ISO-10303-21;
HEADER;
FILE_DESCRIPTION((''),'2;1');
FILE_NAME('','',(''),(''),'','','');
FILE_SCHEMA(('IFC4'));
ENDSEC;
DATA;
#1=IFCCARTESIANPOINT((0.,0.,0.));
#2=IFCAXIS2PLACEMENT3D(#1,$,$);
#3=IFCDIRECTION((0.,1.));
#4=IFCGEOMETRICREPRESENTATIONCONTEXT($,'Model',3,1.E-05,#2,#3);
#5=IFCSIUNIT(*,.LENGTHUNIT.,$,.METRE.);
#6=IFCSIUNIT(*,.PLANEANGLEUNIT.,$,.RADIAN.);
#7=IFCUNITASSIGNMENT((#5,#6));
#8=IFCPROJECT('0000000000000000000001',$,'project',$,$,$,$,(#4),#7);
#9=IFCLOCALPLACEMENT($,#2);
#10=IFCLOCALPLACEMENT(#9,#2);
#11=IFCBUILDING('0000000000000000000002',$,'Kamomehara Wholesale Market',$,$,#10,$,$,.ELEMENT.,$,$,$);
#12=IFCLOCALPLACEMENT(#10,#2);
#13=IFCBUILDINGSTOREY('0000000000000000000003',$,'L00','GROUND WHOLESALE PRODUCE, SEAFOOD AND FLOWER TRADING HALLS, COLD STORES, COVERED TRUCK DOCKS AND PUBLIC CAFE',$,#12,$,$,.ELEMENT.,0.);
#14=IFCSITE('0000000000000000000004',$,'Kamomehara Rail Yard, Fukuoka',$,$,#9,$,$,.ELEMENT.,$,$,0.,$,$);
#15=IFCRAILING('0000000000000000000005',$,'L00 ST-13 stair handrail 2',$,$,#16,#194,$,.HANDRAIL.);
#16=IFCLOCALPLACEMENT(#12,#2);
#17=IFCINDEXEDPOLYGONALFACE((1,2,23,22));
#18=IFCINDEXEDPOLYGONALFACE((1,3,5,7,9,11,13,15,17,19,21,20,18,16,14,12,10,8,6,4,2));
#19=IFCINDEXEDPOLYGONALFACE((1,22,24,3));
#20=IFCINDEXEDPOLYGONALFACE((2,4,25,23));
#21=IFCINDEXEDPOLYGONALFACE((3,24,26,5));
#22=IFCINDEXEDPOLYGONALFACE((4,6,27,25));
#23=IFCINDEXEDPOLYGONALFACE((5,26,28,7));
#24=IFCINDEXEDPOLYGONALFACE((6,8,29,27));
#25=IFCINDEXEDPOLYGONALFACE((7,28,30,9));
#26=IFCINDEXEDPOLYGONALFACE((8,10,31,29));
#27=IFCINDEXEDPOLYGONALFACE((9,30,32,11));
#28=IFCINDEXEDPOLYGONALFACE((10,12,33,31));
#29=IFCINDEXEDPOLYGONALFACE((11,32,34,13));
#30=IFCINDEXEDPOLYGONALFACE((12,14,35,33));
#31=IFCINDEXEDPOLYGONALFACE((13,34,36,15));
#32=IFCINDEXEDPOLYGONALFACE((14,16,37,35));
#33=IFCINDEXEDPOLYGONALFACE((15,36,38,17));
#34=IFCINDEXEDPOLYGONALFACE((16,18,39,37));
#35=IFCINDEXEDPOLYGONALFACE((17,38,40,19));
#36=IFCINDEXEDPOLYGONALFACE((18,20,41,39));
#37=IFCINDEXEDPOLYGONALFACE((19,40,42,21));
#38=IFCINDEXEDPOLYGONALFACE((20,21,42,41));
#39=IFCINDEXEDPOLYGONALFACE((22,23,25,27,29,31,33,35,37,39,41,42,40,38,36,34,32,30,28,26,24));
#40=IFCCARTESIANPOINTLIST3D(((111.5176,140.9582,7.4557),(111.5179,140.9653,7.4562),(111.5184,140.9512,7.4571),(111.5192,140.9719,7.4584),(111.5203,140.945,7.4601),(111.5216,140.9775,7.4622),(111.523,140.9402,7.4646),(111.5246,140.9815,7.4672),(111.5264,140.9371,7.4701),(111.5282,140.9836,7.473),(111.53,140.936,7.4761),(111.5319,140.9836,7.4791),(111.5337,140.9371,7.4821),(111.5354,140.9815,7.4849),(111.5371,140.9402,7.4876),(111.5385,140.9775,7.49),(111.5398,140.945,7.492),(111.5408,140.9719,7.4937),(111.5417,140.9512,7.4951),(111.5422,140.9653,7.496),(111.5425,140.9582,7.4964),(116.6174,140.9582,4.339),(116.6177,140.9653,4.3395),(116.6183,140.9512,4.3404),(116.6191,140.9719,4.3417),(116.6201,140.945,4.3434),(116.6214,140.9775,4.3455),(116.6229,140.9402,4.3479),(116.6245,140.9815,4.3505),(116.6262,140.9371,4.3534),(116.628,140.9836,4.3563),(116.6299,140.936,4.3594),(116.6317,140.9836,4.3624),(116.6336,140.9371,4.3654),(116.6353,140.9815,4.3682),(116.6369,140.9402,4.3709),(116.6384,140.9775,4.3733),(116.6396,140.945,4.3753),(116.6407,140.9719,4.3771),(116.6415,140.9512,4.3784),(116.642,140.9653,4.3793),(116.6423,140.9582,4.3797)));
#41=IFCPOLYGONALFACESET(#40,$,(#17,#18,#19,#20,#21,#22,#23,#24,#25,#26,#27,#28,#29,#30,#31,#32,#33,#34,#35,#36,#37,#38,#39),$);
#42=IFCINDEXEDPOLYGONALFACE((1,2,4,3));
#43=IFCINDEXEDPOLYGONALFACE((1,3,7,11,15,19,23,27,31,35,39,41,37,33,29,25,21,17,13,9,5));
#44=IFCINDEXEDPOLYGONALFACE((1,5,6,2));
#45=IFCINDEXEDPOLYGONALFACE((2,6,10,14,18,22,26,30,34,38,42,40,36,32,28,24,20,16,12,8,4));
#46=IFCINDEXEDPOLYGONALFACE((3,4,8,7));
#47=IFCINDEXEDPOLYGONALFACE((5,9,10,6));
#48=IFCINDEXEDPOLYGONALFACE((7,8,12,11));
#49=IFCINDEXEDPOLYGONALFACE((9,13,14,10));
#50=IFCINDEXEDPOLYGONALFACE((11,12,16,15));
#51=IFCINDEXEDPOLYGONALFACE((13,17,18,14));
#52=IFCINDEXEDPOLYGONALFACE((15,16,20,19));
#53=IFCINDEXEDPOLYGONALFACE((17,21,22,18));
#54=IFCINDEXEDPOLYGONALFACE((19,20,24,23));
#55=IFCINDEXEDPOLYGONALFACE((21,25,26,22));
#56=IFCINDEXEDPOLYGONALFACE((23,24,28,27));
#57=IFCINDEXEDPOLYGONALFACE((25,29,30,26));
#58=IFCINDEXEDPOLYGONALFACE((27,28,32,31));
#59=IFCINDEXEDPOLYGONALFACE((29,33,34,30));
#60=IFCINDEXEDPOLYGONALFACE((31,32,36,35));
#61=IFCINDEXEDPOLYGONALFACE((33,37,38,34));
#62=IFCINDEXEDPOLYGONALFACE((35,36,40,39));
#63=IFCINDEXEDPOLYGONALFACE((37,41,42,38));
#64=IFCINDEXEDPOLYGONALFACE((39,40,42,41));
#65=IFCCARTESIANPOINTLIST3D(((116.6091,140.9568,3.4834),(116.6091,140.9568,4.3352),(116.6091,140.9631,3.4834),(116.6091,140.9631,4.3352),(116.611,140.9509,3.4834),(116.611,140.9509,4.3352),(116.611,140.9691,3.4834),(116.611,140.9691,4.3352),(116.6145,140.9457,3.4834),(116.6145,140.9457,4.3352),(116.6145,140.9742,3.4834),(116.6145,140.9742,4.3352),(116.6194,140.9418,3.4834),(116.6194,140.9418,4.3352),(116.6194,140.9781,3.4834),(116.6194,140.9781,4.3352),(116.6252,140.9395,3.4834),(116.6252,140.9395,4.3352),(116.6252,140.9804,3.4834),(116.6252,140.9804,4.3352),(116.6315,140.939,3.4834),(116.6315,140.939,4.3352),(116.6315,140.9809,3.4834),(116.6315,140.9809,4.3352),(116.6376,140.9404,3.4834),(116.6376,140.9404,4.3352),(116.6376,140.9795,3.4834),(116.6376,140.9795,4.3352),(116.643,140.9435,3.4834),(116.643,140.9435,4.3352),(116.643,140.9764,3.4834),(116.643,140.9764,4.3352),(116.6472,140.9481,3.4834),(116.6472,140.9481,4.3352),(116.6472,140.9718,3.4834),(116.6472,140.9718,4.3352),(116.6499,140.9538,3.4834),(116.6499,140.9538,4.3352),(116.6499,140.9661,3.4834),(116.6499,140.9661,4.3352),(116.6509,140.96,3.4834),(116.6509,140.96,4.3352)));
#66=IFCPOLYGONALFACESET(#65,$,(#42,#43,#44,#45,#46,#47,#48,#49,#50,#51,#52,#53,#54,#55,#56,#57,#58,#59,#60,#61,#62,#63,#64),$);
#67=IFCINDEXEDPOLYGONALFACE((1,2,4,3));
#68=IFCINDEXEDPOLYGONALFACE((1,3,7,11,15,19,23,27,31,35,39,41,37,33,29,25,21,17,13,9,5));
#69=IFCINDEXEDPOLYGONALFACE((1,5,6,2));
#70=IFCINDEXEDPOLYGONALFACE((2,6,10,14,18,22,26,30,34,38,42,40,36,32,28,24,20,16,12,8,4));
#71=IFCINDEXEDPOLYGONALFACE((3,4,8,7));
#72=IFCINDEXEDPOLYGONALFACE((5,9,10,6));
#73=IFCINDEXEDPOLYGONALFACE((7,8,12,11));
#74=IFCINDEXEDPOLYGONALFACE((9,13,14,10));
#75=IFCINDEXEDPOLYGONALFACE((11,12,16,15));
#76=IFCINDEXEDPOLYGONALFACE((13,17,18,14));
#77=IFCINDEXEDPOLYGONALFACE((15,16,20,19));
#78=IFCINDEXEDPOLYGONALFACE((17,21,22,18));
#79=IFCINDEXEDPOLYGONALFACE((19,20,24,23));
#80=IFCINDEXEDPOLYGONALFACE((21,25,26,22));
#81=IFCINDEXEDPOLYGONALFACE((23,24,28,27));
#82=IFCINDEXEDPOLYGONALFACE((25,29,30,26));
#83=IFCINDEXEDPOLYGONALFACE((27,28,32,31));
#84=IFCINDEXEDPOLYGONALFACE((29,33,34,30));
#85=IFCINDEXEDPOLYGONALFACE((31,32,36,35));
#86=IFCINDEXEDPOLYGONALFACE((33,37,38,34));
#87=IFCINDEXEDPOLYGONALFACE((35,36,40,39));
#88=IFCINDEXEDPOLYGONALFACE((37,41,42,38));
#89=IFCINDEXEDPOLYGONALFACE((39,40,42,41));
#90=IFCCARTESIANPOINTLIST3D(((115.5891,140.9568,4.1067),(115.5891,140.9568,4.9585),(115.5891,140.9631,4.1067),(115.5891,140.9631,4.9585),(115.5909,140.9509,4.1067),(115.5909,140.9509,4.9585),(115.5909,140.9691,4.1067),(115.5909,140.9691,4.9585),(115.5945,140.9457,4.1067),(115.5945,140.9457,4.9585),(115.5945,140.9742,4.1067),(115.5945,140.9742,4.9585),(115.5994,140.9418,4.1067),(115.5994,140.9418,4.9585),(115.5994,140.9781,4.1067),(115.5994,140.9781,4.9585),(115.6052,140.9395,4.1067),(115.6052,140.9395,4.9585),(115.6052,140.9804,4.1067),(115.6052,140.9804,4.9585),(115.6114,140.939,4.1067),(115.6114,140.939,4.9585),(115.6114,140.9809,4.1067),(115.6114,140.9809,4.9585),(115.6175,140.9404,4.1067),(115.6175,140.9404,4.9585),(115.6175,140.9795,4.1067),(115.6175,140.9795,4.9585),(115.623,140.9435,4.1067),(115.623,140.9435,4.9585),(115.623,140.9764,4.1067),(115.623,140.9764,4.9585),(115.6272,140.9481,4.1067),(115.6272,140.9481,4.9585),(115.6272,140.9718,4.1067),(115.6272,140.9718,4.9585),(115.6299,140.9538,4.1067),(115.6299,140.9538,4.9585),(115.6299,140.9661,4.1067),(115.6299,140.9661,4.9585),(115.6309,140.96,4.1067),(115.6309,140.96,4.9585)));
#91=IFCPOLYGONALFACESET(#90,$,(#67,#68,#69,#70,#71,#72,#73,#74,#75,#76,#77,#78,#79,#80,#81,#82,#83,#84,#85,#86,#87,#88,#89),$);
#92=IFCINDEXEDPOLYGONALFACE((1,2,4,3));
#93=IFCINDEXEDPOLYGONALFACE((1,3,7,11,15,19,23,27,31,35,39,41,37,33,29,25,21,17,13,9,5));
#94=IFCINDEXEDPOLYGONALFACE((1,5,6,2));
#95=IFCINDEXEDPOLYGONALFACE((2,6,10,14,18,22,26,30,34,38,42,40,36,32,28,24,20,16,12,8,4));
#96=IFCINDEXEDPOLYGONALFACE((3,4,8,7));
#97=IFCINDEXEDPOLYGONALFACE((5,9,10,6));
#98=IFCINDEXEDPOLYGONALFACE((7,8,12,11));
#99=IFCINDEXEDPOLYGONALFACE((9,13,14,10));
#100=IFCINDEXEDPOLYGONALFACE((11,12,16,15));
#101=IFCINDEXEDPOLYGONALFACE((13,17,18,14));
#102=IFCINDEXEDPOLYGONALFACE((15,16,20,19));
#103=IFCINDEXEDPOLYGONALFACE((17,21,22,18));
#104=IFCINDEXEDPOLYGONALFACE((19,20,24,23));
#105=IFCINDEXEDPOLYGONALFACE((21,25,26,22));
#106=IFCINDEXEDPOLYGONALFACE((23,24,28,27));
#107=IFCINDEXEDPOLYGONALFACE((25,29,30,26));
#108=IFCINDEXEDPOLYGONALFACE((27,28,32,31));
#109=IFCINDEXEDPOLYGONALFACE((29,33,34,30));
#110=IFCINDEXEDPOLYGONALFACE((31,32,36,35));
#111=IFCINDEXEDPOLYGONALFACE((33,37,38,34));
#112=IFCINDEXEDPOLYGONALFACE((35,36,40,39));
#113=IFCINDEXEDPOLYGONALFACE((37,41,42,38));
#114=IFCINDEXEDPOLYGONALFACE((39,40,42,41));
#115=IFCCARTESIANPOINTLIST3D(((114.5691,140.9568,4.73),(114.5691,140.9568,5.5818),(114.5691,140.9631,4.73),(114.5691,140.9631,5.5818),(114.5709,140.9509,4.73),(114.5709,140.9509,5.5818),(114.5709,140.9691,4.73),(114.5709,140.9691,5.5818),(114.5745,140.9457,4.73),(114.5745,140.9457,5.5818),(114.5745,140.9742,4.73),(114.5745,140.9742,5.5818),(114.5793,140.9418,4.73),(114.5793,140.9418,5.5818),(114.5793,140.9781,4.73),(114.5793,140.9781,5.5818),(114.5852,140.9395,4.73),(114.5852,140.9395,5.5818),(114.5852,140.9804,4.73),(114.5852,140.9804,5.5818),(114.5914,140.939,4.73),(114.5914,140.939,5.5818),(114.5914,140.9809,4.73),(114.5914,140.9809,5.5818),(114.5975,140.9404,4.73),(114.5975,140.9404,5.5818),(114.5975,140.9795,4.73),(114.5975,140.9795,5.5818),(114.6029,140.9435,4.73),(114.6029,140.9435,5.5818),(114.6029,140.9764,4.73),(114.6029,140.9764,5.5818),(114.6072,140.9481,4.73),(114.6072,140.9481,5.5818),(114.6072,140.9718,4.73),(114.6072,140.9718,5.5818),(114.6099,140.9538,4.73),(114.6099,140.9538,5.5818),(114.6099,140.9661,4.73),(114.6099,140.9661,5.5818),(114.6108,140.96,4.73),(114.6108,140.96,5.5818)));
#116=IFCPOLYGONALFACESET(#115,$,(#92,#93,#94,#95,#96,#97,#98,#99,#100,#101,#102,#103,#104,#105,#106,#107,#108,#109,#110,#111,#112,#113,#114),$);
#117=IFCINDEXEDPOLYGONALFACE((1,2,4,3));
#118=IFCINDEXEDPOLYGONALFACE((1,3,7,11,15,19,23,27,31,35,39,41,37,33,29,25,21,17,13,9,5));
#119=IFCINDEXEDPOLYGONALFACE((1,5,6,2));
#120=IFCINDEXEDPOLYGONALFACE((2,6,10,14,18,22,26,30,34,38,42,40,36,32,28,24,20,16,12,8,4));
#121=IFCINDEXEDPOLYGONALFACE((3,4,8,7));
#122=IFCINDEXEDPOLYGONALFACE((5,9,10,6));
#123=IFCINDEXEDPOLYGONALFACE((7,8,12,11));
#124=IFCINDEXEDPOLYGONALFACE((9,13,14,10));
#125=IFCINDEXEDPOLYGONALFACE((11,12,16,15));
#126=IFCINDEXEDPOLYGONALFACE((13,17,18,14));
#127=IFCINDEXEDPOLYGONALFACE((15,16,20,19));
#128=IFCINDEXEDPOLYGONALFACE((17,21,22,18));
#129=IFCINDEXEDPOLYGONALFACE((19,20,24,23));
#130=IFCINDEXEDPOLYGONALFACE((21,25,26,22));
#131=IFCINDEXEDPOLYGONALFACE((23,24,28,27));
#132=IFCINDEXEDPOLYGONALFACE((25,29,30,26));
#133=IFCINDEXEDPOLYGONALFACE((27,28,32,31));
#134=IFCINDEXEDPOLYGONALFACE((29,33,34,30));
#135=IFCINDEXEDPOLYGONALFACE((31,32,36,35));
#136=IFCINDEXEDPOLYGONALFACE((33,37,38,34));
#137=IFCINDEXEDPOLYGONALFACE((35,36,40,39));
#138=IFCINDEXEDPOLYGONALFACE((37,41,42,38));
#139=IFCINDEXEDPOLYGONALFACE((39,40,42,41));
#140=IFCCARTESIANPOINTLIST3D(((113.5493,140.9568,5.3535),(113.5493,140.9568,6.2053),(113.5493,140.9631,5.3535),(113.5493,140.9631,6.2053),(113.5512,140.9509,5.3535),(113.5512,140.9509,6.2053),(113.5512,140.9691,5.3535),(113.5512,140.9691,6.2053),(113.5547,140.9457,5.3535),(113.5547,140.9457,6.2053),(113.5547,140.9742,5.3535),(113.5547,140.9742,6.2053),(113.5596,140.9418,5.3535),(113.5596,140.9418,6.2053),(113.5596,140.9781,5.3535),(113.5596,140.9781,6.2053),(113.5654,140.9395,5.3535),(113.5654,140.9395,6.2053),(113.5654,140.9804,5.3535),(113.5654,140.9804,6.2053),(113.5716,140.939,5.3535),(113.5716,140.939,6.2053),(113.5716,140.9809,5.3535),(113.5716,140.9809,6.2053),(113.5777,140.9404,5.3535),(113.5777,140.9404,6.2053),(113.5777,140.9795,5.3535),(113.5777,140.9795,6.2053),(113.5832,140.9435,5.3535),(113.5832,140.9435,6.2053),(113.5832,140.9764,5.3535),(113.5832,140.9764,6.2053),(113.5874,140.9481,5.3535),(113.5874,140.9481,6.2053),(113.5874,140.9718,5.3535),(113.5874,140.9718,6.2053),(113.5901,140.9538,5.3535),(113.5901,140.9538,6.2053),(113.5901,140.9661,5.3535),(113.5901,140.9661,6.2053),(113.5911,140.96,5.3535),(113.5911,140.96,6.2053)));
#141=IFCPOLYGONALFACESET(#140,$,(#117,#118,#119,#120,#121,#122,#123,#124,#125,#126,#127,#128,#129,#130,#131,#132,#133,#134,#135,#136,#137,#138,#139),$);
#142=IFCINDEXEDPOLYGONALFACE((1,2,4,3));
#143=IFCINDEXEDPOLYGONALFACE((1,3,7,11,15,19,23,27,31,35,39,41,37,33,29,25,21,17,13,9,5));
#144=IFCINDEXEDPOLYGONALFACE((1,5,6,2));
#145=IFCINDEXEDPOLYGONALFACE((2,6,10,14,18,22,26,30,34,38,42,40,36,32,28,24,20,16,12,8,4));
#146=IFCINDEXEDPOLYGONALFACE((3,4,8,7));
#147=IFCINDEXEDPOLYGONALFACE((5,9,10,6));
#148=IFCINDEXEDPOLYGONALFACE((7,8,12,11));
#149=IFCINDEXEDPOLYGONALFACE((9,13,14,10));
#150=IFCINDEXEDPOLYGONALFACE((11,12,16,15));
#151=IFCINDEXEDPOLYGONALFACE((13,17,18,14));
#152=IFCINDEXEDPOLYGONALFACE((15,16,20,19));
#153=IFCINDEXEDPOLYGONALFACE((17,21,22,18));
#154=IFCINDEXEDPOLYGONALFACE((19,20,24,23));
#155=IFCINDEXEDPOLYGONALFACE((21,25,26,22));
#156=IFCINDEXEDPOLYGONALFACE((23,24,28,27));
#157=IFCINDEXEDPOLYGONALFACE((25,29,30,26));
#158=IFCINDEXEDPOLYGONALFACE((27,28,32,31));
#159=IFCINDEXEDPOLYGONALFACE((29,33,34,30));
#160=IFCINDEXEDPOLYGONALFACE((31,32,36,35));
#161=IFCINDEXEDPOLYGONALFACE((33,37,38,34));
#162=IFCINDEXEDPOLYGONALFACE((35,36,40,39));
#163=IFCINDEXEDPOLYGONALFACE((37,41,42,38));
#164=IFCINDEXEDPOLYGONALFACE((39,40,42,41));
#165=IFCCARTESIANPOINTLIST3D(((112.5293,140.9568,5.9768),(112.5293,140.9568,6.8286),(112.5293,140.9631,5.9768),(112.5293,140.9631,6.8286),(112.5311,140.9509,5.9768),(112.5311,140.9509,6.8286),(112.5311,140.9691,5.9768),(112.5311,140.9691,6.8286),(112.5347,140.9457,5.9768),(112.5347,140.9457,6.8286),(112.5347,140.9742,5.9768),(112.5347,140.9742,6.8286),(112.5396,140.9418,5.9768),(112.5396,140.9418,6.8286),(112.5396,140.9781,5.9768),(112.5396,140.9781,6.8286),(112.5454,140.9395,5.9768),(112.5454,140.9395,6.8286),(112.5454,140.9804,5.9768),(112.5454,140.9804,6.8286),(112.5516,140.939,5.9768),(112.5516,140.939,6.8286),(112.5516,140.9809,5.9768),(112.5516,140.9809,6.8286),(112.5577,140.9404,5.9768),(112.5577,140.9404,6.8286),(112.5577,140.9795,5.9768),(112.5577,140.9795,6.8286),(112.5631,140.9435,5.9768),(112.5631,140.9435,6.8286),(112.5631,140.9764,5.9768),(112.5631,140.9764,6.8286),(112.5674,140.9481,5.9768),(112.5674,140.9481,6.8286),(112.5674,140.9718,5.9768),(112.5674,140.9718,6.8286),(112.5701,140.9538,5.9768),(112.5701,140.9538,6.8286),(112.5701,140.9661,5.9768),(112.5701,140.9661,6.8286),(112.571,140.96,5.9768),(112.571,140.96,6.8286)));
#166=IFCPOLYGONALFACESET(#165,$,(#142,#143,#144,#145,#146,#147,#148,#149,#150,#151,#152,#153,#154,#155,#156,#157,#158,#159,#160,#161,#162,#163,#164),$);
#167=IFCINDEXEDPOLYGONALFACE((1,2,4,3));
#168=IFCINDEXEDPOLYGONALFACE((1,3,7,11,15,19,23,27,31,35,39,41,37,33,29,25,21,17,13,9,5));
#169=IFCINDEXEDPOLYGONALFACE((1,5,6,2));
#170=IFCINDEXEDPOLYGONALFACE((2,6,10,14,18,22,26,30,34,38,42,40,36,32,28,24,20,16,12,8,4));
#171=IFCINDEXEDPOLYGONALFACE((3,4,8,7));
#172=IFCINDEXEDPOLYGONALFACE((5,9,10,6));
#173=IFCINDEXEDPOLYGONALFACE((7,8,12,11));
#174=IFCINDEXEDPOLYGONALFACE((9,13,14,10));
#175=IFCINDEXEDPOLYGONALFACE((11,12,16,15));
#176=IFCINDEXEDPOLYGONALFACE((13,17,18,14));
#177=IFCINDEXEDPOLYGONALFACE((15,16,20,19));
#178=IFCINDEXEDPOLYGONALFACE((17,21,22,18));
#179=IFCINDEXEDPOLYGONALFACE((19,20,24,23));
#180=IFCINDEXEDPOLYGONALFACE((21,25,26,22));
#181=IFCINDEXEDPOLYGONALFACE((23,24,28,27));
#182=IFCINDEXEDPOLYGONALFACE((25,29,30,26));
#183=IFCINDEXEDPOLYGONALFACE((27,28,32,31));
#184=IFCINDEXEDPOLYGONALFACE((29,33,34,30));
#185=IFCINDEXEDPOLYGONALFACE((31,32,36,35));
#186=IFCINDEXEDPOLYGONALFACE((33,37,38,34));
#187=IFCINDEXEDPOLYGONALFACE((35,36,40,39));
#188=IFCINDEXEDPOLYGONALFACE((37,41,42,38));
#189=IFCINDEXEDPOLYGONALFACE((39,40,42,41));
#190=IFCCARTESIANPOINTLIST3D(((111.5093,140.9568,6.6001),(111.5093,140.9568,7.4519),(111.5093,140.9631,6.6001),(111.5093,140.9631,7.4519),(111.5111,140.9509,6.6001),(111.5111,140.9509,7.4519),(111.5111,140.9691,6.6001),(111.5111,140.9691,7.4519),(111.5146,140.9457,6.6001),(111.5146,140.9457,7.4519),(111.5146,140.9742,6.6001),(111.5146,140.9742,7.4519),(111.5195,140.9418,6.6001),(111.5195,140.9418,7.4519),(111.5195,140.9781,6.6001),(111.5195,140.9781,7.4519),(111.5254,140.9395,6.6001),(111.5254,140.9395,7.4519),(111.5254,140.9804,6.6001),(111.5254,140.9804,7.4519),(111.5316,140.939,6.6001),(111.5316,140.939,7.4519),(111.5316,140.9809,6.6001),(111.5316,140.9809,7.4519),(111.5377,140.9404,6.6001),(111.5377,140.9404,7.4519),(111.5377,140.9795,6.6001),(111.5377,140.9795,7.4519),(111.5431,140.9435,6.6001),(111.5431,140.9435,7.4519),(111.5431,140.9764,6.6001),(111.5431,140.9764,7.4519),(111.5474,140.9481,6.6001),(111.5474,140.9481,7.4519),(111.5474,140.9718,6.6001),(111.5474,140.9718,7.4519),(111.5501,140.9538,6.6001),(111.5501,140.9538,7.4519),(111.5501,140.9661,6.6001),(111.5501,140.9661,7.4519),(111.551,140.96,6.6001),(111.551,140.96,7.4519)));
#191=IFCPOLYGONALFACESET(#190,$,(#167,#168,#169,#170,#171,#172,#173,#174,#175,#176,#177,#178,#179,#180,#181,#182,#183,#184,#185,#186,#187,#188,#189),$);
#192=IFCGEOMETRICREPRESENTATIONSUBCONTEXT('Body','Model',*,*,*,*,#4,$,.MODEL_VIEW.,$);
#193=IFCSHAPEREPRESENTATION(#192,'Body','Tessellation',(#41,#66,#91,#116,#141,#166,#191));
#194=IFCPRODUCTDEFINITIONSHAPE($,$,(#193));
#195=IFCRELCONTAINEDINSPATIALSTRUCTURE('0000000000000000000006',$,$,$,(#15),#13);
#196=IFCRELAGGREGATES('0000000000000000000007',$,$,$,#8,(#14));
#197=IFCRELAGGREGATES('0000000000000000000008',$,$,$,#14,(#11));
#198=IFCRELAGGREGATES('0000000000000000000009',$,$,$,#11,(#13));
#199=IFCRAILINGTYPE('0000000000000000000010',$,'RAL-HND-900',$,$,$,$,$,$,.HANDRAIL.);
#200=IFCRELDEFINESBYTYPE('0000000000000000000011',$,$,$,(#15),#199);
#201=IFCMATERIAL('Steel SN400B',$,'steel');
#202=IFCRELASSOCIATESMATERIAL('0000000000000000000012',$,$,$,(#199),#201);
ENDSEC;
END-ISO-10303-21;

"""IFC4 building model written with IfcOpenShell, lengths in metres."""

from ifc_helpers import new_model, si_unit, direction, frame, origin, origin_2d, place, context, subcontext, project, spatial, circle, extrude, material, type_object, element, save


model = new_model("IFC4")

# Units and contexts
model_context = context("Model", 3, precision=1e-05, world=origin(), true_north=direction((0.0, 1.0)))
body_context = subcontext(model_context, "Body", "Model", "MODEL_VIEW")
ifc_project = project(units=[si_unit("LENGTHUNIT", "METRE"), si_unit("PLANEANGLEUNIT", "RADIAN")], contexts=[model_context])

# Site, building, storey
site_placement = place(None, origin())
site = spatial("IfcSite", under=ifc_project, at=site_placement, Name="Kamomehara Rail Yard, Fukuoka", CompositionType="ELEMENT", RefElevation=0.0)
building_placement = place(site_placement, origin())
building = spatial("IfcBuilding", under=site, at=building_placement, Name="Kamomehara Wholesale Market", CompositionType="ELEMENT")
storey_placement = place(building_placement, origin())
storey = spatial("IfcBuildingStorey", under=building, at=storey_placement, Name="L00", Description="GROUND WHOLESALE PRODUCE, SEAFOOD AND FLOWER TRADING HALLS, COLD STORES, COVERED TRUCK DOCKS AND PUBLIC CAFE", CompositionType="ELEMENT", Elevation=0.0)

# Railing
ifc_material_1 = material(Name="Steel SN400B", Category="steel")
railing_type_1 = type_object("IfcRailingType", Name="RAL-HND-900", PredefinedType="HANDRAIL", material=ifc_material_1)
railing_1_placement = place(storey_placement, frame((116.6299, 140.96, 3.4834)))
element("IfcRailing", 1, at=railing_1_placement, inside=storey, type_object=railing_type_1, Name="L00 ST-13 stair handrail 2", PredefinedType="HANDRAIL", context=body_context, shape_type="SweptSolid", body=[
    extrude(circle(Radius=0.0239, at=origin_2d()), frame((0.0, 0.0, 0.876), z_axis=(-0.853273, 0.0, 0.521465), x_axis=(0.0, -1.0, 0.0)), (0.0, 0.0, 1.0), 5.9768),
    extrude(circle(Radius=0.021, at=origin_2d()), origin(), (0.0, 0.0, 1.0), 0.8518),
    extrude(circle(Radius=0.021, at=origin_2d()), frame((-1.02, 0.0, 0.6233)), (0.0, 0.0, 1.0), 0.8518),
    extrude(circle(Radius=0.021, at=origin_2d()), frame((-2.04, 0.0, 1.2466)), (0.0, 0.0, 1.0), 0.8518),
    extrude(circle(Radius=0.021, at=origin_2d()), frame((-3.0598, 0.0, 1.8701)), (0.0, 0.0, 1.0), 0.8518),
    extrude(circle(Radius=0.021, at=origin_2d()), frame((-4.0798, 0.0, 2.4934)), (0.0, 0.0, 1.0), 0.8518),
    extrude(circle(Radius=0.021, at=origin_2d()), frame((-5.0999, 0.0, 3.1167)), (0.0, 0.0, 1.0), 0.8518),
])

save(model, "model.ifc")
